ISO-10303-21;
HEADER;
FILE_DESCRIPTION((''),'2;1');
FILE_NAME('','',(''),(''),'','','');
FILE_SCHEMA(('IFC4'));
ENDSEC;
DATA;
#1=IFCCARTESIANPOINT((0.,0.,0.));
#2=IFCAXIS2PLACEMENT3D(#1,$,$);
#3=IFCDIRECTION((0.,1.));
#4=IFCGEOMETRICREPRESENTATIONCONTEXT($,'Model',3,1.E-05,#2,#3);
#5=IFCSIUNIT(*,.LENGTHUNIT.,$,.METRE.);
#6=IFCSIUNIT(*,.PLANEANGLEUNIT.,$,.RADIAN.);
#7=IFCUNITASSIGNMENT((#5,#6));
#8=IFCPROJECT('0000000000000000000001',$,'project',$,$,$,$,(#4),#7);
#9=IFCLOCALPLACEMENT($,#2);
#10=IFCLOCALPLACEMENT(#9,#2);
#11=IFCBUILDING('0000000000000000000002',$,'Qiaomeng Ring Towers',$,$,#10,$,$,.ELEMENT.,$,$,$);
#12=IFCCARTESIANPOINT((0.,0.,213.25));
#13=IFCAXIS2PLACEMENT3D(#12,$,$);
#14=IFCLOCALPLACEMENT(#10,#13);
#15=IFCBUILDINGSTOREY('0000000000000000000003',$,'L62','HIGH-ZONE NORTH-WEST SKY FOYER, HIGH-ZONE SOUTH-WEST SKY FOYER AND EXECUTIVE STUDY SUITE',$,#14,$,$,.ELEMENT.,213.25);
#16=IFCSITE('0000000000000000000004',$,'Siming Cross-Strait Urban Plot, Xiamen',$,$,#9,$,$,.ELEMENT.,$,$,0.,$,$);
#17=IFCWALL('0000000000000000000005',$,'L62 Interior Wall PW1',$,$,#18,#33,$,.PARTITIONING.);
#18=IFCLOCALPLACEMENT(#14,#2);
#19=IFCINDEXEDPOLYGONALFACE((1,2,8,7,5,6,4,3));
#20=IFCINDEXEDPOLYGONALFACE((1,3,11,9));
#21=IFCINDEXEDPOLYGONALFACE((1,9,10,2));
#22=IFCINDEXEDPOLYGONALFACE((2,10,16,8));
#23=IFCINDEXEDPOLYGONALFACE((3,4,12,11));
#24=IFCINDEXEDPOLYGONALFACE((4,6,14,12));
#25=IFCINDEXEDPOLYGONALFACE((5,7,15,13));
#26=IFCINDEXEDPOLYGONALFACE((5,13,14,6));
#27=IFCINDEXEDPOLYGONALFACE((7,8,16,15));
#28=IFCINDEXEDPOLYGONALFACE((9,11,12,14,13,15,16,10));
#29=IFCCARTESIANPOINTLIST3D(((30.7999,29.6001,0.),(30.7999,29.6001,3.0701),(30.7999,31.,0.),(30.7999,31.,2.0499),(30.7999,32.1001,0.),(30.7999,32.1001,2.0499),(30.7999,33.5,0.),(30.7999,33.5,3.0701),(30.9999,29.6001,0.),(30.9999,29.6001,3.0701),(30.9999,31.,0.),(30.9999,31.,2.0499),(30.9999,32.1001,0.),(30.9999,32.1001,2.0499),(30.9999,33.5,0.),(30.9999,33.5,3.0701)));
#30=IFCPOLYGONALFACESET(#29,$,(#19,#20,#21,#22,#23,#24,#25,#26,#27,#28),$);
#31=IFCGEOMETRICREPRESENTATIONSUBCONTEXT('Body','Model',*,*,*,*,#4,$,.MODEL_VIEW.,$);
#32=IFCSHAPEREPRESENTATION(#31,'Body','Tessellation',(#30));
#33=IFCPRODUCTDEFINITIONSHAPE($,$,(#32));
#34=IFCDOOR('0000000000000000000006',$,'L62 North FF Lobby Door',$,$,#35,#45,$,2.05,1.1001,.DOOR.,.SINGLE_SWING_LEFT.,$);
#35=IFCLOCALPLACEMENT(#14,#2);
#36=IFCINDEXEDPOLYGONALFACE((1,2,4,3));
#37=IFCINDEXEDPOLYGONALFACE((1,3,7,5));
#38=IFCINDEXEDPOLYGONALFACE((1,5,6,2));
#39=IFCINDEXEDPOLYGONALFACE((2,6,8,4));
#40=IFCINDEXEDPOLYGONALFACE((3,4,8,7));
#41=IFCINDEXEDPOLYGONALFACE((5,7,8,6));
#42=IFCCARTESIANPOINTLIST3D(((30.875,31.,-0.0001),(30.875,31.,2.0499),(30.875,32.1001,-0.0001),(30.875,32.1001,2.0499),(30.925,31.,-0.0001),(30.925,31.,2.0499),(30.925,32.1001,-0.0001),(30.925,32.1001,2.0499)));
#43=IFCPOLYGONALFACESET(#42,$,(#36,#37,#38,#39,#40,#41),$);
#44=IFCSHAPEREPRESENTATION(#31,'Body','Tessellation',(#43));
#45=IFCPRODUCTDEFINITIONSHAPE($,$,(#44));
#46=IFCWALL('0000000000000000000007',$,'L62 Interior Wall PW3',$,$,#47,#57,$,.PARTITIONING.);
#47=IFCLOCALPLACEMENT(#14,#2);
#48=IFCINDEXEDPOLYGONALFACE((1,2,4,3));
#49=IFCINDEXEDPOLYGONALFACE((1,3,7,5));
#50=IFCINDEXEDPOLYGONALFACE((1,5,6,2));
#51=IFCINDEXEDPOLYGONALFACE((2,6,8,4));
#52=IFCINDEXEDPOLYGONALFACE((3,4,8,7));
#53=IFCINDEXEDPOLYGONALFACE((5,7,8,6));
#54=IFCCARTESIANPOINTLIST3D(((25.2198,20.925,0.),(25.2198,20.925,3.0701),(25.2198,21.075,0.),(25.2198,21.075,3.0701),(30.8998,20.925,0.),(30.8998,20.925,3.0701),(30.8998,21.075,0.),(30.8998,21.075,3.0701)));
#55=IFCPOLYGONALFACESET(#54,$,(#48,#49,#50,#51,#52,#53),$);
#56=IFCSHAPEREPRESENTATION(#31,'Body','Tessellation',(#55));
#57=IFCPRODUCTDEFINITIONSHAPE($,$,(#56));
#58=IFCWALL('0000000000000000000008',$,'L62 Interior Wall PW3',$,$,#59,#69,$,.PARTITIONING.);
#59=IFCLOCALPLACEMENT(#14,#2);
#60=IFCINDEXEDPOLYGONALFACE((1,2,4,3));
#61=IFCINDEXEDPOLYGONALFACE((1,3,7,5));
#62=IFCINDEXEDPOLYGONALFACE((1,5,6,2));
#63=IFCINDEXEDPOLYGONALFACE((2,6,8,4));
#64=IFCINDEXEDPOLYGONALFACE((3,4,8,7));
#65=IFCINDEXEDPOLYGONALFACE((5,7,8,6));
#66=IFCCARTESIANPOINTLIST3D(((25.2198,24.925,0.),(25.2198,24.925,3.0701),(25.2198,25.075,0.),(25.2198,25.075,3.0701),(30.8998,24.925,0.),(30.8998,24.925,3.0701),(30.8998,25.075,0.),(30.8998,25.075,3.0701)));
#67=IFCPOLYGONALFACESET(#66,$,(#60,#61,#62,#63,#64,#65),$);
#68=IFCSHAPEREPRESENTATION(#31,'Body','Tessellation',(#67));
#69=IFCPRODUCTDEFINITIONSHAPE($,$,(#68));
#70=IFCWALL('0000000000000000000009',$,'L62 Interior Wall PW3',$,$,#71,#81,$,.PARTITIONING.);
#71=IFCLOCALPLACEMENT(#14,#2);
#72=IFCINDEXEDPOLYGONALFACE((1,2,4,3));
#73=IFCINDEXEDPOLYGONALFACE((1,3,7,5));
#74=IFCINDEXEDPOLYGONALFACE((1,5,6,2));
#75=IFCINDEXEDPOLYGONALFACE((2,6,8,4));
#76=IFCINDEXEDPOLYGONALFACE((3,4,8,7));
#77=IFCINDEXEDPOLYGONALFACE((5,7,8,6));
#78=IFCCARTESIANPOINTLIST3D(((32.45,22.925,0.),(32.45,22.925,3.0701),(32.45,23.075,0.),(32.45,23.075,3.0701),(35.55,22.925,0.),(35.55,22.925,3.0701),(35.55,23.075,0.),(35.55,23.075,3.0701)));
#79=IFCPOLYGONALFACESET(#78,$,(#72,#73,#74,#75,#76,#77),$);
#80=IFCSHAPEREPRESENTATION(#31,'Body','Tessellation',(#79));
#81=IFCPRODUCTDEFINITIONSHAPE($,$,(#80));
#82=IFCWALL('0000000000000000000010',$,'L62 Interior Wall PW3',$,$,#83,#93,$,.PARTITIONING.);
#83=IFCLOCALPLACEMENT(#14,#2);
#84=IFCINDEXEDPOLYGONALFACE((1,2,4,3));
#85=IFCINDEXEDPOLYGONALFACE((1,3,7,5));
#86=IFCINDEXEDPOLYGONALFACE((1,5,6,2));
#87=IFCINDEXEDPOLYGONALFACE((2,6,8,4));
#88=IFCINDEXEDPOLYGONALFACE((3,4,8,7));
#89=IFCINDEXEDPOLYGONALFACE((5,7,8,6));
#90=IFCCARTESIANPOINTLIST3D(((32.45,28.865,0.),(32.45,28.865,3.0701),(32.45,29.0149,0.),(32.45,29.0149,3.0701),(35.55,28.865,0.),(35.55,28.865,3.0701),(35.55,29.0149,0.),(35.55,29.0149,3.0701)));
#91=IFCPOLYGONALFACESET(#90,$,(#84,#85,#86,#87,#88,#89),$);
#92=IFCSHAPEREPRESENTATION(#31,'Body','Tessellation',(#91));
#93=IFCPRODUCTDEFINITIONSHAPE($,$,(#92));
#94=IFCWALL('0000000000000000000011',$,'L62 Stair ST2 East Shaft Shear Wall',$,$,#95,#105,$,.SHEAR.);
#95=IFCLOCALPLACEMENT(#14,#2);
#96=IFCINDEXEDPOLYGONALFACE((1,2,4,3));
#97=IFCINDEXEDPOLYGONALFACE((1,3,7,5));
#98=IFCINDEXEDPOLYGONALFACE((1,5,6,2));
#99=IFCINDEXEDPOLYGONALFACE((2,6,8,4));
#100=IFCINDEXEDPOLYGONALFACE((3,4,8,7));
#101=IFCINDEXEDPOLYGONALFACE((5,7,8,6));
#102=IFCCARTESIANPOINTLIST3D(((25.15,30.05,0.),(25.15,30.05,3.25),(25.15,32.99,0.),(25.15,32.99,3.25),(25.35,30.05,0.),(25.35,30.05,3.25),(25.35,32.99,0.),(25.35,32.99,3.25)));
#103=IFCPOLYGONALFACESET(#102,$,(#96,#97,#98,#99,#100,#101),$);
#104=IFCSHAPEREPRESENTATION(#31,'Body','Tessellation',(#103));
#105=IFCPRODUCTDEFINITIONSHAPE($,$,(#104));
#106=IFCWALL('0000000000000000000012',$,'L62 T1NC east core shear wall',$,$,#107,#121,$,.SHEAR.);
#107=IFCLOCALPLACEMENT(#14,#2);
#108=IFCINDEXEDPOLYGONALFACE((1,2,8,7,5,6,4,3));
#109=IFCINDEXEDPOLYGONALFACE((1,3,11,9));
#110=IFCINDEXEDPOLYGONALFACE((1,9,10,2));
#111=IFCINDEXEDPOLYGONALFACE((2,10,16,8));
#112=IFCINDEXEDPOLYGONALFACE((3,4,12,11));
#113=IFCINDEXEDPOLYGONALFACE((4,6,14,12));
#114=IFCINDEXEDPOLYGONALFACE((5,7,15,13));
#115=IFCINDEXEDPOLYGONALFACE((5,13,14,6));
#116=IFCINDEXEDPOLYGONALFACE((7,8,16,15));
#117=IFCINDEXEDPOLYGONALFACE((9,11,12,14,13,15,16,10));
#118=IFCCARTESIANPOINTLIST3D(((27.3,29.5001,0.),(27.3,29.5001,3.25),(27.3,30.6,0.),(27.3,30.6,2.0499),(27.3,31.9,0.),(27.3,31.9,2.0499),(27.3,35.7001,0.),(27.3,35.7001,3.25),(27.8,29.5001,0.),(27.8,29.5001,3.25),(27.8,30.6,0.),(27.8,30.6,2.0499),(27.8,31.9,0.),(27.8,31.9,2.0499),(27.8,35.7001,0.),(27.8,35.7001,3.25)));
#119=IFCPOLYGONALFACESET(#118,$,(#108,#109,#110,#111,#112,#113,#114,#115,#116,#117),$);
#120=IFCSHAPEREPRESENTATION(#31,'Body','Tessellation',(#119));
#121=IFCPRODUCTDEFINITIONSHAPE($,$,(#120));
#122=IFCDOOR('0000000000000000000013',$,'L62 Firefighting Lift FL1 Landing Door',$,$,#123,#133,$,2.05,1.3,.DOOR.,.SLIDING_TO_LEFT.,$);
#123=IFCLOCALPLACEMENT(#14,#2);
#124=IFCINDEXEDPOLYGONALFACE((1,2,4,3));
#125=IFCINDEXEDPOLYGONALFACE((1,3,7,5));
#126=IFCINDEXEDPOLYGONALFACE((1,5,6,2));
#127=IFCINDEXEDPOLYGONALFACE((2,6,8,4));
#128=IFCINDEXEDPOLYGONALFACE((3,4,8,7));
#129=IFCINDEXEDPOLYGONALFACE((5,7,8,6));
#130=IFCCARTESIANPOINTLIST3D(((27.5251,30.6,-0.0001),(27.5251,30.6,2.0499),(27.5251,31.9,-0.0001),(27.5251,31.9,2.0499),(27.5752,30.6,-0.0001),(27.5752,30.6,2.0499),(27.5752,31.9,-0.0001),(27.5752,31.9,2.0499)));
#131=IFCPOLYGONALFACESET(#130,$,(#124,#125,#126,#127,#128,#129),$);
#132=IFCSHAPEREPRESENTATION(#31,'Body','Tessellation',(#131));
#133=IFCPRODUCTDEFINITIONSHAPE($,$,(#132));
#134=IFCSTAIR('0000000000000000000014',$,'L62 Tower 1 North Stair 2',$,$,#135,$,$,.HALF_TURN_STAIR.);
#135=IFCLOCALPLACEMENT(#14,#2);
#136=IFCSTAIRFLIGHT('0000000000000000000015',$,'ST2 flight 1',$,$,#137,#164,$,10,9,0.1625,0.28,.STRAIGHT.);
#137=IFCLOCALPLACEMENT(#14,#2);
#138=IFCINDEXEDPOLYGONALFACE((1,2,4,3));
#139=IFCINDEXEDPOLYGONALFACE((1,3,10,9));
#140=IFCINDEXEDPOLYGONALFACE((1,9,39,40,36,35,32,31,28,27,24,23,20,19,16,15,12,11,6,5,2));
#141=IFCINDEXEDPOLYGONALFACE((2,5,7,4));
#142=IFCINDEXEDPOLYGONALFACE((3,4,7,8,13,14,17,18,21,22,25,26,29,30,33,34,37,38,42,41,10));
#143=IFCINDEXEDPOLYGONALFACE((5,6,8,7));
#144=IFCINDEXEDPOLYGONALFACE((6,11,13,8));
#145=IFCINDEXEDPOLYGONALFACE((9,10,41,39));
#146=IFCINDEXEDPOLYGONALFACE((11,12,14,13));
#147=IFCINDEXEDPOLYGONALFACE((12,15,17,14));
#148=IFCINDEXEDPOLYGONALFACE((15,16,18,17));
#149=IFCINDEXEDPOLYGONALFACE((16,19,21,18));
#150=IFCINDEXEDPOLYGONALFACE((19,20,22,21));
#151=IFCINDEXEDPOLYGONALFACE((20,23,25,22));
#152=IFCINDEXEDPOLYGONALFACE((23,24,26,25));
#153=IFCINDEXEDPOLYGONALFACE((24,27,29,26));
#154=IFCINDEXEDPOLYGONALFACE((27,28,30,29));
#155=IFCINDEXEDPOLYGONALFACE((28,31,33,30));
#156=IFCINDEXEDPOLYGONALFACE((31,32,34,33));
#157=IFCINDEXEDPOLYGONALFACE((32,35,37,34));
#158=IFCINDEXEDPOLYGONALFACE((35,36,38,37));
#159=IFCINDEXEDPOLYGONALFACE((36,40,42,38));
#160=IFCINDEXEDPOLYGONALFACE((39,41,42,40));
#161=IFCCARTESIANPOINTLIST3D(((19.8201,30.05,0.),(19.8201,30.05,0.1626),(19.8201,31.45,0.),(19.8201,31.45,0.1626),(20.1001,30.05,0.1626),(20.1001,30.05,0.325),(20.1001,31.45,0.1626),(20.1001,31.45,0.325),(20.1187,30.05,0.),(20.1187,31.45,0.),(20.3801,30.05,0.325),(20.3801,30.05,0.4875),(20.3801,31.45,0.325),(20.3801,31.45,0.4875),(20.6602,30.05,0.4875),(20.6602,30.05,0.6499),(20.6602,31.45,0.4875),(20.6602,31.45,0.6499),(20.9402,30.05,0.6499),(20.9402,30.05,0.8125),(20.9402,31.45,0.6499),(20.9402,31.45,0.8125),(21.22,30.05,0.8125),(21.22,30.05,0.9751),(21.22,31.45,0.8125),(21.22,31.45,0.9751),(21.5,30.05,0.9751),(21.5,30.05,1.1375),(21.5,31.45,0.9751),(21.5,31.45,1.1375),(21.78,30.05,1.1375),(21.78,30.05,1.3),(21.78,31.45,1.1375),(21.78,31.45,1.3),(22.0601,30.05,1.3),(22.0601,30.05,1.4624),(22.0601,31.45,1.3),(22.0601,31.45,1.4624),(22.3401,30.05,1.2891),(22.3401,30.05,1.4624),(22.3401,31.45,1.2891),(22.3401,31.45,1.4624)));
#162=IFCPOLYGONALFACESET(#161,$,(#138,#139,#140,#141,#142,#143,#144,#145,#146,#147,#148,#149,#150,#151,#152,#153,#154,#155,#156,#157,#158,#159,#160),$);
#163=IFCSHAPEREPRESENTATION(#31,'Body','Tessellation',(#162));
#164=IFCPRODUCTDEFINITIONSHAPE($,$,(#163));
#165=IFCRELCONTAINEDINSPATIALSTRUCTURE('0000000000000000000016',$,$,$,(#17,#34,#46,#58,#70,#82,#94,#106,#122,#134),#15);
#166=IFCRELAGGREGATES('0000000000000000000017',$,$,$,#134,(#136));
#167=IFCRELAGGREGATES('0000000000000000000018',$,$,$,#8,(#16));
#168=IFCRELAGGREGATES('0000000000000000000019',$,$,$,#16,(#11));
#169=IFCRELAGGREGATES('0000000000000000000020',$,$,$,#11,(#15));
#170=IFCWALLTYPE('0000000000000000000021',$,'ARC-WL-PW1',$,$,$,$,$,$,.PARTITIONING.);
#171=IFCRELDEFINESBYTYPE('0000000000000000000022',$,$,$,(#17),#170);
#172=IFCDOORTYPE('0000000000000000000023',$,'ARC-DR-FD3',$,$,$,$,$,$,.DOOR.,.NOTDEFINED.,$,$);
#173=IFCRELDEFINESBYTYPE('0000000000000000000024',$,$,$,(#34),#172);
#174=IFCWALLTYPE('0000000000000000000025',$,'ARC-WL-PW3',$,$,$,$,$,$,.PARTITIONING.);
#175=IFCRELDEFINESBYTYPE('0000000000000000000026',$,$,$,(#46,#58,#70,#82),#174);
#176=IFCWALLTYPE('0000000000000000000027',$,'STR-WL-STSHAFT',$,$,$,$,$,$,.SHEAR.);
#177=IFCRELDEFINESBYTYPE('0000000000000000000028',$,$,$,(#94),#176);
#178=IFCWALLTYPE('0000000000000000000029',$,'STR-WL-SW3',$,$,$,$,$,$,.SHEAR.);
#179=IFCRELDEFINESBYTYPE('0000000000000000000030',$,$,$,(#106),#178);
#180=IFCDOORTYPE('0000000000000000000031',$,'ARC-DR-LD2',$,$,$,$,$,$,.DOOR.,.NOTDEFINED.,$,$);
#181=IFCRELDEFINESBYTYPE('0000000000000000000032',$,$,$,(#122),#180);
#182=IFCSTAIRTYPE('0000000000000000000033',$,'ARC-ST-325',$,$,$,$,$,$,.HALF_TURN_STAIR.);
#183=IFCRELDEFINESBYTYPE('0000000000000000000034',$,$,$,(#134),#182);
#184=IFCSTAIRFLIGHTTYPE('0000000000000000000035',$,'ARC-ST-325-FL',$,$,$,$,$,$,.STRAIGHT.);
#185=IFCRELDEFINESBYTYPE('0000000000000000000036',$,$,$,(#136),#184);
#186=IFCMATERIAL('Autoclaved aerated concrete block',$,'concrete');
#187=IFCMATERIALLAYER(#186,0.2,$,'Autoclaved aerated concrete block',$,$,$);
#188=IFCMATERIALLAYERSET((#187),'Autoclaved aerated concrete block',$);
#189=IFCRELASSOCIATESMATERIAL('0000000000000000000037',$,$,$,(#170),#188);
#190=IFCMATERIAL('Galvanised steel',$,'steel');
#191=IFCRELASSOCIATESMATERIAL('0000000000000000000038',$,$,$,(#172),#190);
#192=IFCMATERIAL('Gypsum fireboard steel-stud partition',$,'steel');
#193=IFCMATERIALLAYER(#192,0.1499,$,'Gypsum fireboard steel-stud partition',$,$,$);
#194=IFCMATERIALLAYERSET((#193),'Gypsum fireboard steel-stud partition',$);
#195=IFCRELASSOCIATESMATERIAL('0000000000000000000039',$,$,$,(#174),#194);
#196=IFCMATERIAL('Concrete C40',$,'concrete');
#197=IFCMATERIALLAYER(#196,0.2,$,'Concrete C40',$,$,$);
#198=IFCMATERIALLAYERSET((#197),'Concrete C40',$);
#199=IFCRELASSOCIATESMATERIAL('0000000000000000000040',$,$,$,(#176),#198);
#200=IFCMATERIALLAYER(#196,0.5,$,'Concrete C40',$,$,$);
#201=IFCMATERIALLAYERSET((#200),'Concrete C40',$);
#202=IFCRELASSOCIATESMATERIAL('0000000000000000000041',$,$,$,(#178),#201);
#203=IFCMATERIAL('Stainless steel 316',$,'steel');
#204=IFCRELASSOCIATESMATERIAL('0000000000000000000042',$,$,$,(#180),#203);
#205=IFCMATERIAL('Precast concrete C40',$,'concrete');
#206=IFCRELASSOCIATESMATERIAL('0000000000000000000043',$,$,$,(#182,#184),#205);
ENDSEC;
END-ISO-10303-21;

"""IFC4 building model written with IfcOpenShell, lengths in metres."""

from ifc_helpers import new_model, si_unit, direction, frame, frame_2d, origin, place, context, subcontext, project, spatial, polyline, rectangle, outline, extrude, source, transform, mapped, material, layer, layer_set, type_object, element, fill, aggregate, save


model = new_model("IFC4")

# Units and contexts
model_context = context("Model", 3, precision=1e-05, world=origin(), true_north=direction((0.0, 1.0)))
body_context = subcontext(model_context, "Body", "Model", "MODEL_VIEW")
ifc_project = project(units=[si_unit("LENGTHUNIT", "METRE"), si_unit("PLANEANGLEUNIT", "RADIAN")], contexts=[model_context])

# Site, building, storey
site_placement = place(None, origin())
site = spatial("IfcSite", under=ifc_project, at=site_placement, Name="Siming Cross-Strait Urban Plot, Xiamen", CompositionType="ELEMENT", RefElevation=0.0)
building_placement = place(site_placement, origin())
building = spatial("IfcBuilding", under=site, at=building_placement, Name="Qiaomeng Ring Towers", CompositionType="ELEMENT")
storey_placement = place(building_placement, frame((0.0, 0.0, 213.25)))
storey = spatial("IfcBuildingStorey", under=building, at=storey_placement, Name="L62", Description="HIGH-ZONE NORTH-WEST SKY FOYER, HIGH-ZONE SOUTH-WEST SKY FOYER AND EXECUTIVE STUDY SUITE", CompositionType="ELEMENT", Elevation=213.25)

# Shared definitions
ifc_material_1 = material(Name="Concrete C40", Category="concrete")

# Shared definitions
ifc_material_2 = material(Name="Stainless steel 316", Category="steel")

# Shared definitions
ifc_material_3 = material(Name="Autoclaved aerated concrete block", Category="concrete")
ifc_layer_1 = layer(ifc_material_3, 0.2, Name="Autoclaved aerated concrete block")
ifc_layer_set_1 = layer_set([ifc_layer_1], Name="Autoclaved aerated concrete block")
wall_type_1 = type_object("IfcWallType", Name="ARC-WL-PW1", PredefinedType="PARTITIONING", material=ifc_layer_set_1)

# Wall, opening, door
wall_1_placement = place(storey_placement, frame((30.8999, 29.6001, 0.0), z_axis=(0.0, 0.0, 1.0), x_axis=(0.0, 1.0, 0.0)))
wall_1 = element("IfcWall", 1, at=wall_1_placement, inside=storey, type_object=wall_type_1, Name="L62 Interior Wall PW1", PredefinedType="PARTITIONING", context=body_context, shape_type="SweptSolid", body=[
    extrude(rectangle(XDim=3.8999, YDim=0.2, at=frame_2d((1.95, 0.0))), origin(), (0.0, 0.0, 1.0), 3.0701),
])
opening_1_placement = place(wall_1_placement, frame((1.3999, 0.0, 0.0)))
opening_1 = element("IfcOpeningElement", 2, at=opening_1_placement, cuts=wall_1, PredefinedType="OPENING", context=body_context, shape_type="SweptSolid", body=[
    extrude(rectangle(XDim=1.1001, YDim=2.05, at=frame_2d((0.55, 1.0249))), frame((0.0, 0.1099, 0.0), z_axis=(0.0, -1.0, 0.0), x_axis=(1.0, 0.0, 0.0)), (0.0, 0.0, 1.0), 0.22),
])
ifc_material_4 = material(Name="Galvanised steel", Category="steel")
door_type_1 = type_object("IfcDoorType", Name="ARC-DR-FD3", OperationType="NOTDEFINED", PredefinedType="DOOR", material=ifc_material_4)
shared_shape_1 = source(origin(), body_context, "Body", "SweptSolid", [
    extrude(rectangle(XDim=1.1001, YDim=2.05, at=frame_2d((0.55, 1.0249))), frame((0.0, 0.0249, 0.0), z_axis=(0.0, -1.0, 0.0), x_axis=(1.0, 0.0, 0.0)), (0.0, 0.0, 1.0), 0.05),
])
door_1_placement = place(opening_1_placement, origin())
door_1 = element("IfcDoor", 3, at=door_1_placement, inside=storey, type_object=door_type_1, Name="L62 North FF Lobby Door", OperationType="SINGLE_SWING_LEFT", OverallHeight=2.05, OverallWidth=1.1001, PredefinedType="DOOR", context=body_context, shape_type="MappedRepresentation", body=[
    mapped(shared_shape_1, transform((0.0, 0.0, 0.0), x_axis=(1.0, 0.0, 0.0), y_axis=(0.0, 1.0, 0.0), z_axis=(0.0, 0.0, 1.0), scale=1.0)),
])
fill(opening_1, door_1)

# Walls
ifc_material_5 = material(Name="Gypsum fireboard steel-stud partition", Category="steel")
ifc_layer_2 = layer(ifc_material_5, 0.1499, Name="Gypsum fireboard steel-stud partition")
ifc_layer_set_2 = layer_set([ifc_layer_2], Name="Gypsum fireboard steel-stud partition")
wall_type_2 = type_object("IfcWallType", Name="ARC-WL-PW3", PredefinedType="PARTITIONING", material=ifc_layer_set_2)
for number, where, z_axis, x_axis, name in (
    (4, (25.22, 21.0, 0.0), (0.0, 0.0, 1.0), (1.0, 0.0, 0.0), "L62 Interior Wall PW3"),
    (5, (25.22, 25.0, 0.0), (0.0, 0.0, 1.0), (1.0, 0.0, 0.0), "L62 Interior Wall PW3"),
):
    element("IfcWall", number, at=place(storey_placement, frame(where, z_axis=z_axis, x_axis=x_axis)), inside=storey, type_object=wall_type_2, Name=name, PredefinedType="PARTITIONING", context=body_context, shape_type="SweptSolid", body=[
        extrude(rectangle(XDim=5.6799, YDim=0.1499, at=frame_2d((2.8398, 0.0))), origin(), (0.0, 0.0, 1.0), 3.0701),
    ])
for number, where, z_axis, x_axis, name in (
    (6, (32.45, 23.0, 0.0), (0.0, 0.0, 1.0), (1.0, 0.0, 0.0), "L62 Interior Wall PW3"),
    (7, (32.45, 28.9399, 0.0), (0.0, 0.0, 1.0), (1.0, 0.0, 0.0), "L62 Interior Wall PW3"),
):
    element("IfcWall", number, at=place(storey_placement, frame(where, z_axis=z_axis, x_axis=x_axis)), inside=storey, type_object=wall_type_2, Name=name, PredefinedType="PARTITIONING", context=body_context, shape_type="SweptSolid", body=[
        extrude(rectangle(XDim=3.1001, YDim=0.1499, at=frame_2d((1.55, 0.0))), origin(), (0.0, 0.0, 1.0), 3.0701),
    ])
ifc_layer_3 = layer(ifc_material_1, 0.2, Name="Concrete C40")
ifc_layer_set_3 = layer_set([ifc_layer_3], Name="Concrete C40")
wall_type_3 = type_object("IfcWallType", Name="STR-WL-STSHAFT", PredefinedType="SHEAR", material=ifc_layer_set_3)
wall_2_placement = place(storey_placement, frame((25.25, 30.05, 0.0), z_axis=(0.0, 0.0, 1.0), x_axis=(0.0, 1.0, 0.0)))
element("IfcWall", 8, at=wall_2_placement, inside=storey, type_object=wall_type_3, Name="L62 Stair ST2 East Shaft Shear Wall", PredefinedType="SHEAR", context=body_context, shape_type="SweptSolid", body=[
    extrude(rectangle(XDim=2.9399, YDim=0.2, at=frame_2d((1.47, 0.0))), origin(), (0.0, 0.0, 1.0), 3.25),
])

# Wall, opening, door
ifc_layer_4 = layer(ifc_material_1, 0.5, Name="Concrete C40")
ifc_layer_set_4 = layer_set([ifc_layer_4], Name="Concrete C40")
wall_type_4 = type_object("IfcWallType", Name="STR-WL-SW3", PredefinedType="SHEAR", material=ifc_layer_set_4)
wall_3_placement = place(storey_placement, frame((27.55, 29.5, 0.0), z_axis=(0.0, 0.0, 1.0), x_axis=(0.0, 1.0, 0.0)))
wall_3 = element("IfcWall", 9, at=wall_3_placement, inside=storey, type_object=wall_type_4, Name="L62 T1NC east core shear wall", PredefinedType="SHEAR", context=body_context, shape_type="SweptSolid", body=[
    extrude(rectangle(XDim=6.2, YDim=0.5, at=frame_2d((3.1001, 0.0))), origin(), (0.0, 0.0, 1.0), 3.25),
])
opening_2_placement = place(wall_3_placement, frame((1.1001, 0.0, 0.0)))
opening_2 = element("IfcOpeningElement", 10, at=opening_2_placement, cuts=wall_3, PredefinedType="OPENING", context=body_context, shape_type="SweptSolid", body=[
    extrude(rectangle(XDim=1.3, YDim=2.05, at=frame_2d((0.6499, 1.0249))), frame((0.0, 0.26, 0.0), z_axis=(0.0, -1.0, 0.0), x_axis=(1.0, 0.0, 0.0)), (0.0, 0.0, 1.0), 0.52),
])
door_type_2 = type_object("IfcDoorType", Name="ARC-DR-LD2", OperationType="NOTDEFINED", PredefinedType="DOOR", material=ifc_material_2)
shared_shape_2 = source(origin(), body_context, "Body", "SweptSolid", [
    extrude(rectangle(XDim=1.3, YDim=2.05, at=frame_2d((0.6499, 1.0249))), frame((0.0, 0.0249, 0.0), z_axis=(0.0, -1.0, 0.0), x_axis=(1.0, 0.0, 0.0)), (0.0, 0.0, 1.0), 0.05),
])
door_2_placement = place(opening_2_placement, origin())
door_2 = element("IfcDoor", 11, at=door_2_placement, inside=storey, type_object=door_type_2, Name="L62 Firefighting Lift FL1 Landing Door", OperationType="SLIDING_TO_LEFT", OverallHeight=2.05, OverallWidth=1.3, PredefinedType="DOOR", context=body_context, shape_type="MappedRepresentation", body=[
    mapped(shared_shape_2, transform((0.0, 0.0, 0.0), x_axis=(1.0, 0.0, 0.0), y_axis=(0.0, 1.0, 0.0), z_axis=(0.0, 0.0, 1.0), scale=1.0)),
])
fill(opening_2, door_2)

# Stair, stair flight
ifc_material_6 = material(Name="Precast concrete C40", Category="concrete")
stair_type = type_object("IfcStairType", Name="ARC-ST-325", PredefinedType="HALF_TURN_STAIR", material=ifc_material_6)
stair_placement = place(storey_placement, origin())
stair = element("IfcStair", 12, at=stair_placement, inside=storey, type_object=stair_type, Name="L62 Tower 1 North Stair 2", PredefinedType="HALF_TURN_STAIR")
stair_flight_type = type_object("IfcStairFlightType", Name="ARC-ST-325-FL", PredefinedType="STRAIGHT", material=ifc_material_6)
shared_shape_3 = source(origin(), body_context, "Body", "SweptSolid", [
    extrude(outline(polyline([(0.0, 0.0), (0.0, 0.1626), (0.28, 0.1626), (0.28, 0.325), (0.5601, 0.325), (0.5601, 0.4875), (0.8401, 0.4875), (0.8401, 0.6499), (1.1201, 0.6499), (1.1201, 0.8125), (1.3999, 0.8125), (1.3999, 0.9751), (1.6799, 0.9751), (1.6799, 1.1375), (1.96, 1.1375), (1.96, 1.3), (2.24, 1.3), (2.24, 1.4624), (2.52, 1.4624), (2.52, 1.625), (2.52, 1.2891), (0.2986, 0.0), (0.0, 0.0)])), frame((0.0, 0.7, 0.0), z_axis=(0.0, -1.0, 0.0), x_axis=(1.0, 0.0, 0.0)), (0.0, 0.0, 1.0), 1.3999),
])
stair_flight_placement = place(storey_placement, frame((19.8201, 30.75, 0.0), z_axis=(0.0, 0.0, 1.0), x_axis=(1.0, 0.0, 0.0)))
stair_flight = element("IfcStairFlight", 13, at=stair_flight_placement, type_object=stair_flight_type, Name="ST2 flight 1", NumberOfRisers=10, NumberOfTreads=9, PredefinedType="STRAIGHT", RiserHeight=0.1625, TreadLength=0.28, context=body_context, shape_type="MappedRepresentation", body=[
    mapped(shared_shape_3, transform((0.0, 0.0, 0.0), x_axis=(1.0, 0.0, 0.0), y_axis=(0.0, 1.0, 0.0), z_axis=(0.0, 0.0, 1.0), scale=1.0)),
])
aggregate(stair, [stair_flight])

save(model, "model.ifc")
